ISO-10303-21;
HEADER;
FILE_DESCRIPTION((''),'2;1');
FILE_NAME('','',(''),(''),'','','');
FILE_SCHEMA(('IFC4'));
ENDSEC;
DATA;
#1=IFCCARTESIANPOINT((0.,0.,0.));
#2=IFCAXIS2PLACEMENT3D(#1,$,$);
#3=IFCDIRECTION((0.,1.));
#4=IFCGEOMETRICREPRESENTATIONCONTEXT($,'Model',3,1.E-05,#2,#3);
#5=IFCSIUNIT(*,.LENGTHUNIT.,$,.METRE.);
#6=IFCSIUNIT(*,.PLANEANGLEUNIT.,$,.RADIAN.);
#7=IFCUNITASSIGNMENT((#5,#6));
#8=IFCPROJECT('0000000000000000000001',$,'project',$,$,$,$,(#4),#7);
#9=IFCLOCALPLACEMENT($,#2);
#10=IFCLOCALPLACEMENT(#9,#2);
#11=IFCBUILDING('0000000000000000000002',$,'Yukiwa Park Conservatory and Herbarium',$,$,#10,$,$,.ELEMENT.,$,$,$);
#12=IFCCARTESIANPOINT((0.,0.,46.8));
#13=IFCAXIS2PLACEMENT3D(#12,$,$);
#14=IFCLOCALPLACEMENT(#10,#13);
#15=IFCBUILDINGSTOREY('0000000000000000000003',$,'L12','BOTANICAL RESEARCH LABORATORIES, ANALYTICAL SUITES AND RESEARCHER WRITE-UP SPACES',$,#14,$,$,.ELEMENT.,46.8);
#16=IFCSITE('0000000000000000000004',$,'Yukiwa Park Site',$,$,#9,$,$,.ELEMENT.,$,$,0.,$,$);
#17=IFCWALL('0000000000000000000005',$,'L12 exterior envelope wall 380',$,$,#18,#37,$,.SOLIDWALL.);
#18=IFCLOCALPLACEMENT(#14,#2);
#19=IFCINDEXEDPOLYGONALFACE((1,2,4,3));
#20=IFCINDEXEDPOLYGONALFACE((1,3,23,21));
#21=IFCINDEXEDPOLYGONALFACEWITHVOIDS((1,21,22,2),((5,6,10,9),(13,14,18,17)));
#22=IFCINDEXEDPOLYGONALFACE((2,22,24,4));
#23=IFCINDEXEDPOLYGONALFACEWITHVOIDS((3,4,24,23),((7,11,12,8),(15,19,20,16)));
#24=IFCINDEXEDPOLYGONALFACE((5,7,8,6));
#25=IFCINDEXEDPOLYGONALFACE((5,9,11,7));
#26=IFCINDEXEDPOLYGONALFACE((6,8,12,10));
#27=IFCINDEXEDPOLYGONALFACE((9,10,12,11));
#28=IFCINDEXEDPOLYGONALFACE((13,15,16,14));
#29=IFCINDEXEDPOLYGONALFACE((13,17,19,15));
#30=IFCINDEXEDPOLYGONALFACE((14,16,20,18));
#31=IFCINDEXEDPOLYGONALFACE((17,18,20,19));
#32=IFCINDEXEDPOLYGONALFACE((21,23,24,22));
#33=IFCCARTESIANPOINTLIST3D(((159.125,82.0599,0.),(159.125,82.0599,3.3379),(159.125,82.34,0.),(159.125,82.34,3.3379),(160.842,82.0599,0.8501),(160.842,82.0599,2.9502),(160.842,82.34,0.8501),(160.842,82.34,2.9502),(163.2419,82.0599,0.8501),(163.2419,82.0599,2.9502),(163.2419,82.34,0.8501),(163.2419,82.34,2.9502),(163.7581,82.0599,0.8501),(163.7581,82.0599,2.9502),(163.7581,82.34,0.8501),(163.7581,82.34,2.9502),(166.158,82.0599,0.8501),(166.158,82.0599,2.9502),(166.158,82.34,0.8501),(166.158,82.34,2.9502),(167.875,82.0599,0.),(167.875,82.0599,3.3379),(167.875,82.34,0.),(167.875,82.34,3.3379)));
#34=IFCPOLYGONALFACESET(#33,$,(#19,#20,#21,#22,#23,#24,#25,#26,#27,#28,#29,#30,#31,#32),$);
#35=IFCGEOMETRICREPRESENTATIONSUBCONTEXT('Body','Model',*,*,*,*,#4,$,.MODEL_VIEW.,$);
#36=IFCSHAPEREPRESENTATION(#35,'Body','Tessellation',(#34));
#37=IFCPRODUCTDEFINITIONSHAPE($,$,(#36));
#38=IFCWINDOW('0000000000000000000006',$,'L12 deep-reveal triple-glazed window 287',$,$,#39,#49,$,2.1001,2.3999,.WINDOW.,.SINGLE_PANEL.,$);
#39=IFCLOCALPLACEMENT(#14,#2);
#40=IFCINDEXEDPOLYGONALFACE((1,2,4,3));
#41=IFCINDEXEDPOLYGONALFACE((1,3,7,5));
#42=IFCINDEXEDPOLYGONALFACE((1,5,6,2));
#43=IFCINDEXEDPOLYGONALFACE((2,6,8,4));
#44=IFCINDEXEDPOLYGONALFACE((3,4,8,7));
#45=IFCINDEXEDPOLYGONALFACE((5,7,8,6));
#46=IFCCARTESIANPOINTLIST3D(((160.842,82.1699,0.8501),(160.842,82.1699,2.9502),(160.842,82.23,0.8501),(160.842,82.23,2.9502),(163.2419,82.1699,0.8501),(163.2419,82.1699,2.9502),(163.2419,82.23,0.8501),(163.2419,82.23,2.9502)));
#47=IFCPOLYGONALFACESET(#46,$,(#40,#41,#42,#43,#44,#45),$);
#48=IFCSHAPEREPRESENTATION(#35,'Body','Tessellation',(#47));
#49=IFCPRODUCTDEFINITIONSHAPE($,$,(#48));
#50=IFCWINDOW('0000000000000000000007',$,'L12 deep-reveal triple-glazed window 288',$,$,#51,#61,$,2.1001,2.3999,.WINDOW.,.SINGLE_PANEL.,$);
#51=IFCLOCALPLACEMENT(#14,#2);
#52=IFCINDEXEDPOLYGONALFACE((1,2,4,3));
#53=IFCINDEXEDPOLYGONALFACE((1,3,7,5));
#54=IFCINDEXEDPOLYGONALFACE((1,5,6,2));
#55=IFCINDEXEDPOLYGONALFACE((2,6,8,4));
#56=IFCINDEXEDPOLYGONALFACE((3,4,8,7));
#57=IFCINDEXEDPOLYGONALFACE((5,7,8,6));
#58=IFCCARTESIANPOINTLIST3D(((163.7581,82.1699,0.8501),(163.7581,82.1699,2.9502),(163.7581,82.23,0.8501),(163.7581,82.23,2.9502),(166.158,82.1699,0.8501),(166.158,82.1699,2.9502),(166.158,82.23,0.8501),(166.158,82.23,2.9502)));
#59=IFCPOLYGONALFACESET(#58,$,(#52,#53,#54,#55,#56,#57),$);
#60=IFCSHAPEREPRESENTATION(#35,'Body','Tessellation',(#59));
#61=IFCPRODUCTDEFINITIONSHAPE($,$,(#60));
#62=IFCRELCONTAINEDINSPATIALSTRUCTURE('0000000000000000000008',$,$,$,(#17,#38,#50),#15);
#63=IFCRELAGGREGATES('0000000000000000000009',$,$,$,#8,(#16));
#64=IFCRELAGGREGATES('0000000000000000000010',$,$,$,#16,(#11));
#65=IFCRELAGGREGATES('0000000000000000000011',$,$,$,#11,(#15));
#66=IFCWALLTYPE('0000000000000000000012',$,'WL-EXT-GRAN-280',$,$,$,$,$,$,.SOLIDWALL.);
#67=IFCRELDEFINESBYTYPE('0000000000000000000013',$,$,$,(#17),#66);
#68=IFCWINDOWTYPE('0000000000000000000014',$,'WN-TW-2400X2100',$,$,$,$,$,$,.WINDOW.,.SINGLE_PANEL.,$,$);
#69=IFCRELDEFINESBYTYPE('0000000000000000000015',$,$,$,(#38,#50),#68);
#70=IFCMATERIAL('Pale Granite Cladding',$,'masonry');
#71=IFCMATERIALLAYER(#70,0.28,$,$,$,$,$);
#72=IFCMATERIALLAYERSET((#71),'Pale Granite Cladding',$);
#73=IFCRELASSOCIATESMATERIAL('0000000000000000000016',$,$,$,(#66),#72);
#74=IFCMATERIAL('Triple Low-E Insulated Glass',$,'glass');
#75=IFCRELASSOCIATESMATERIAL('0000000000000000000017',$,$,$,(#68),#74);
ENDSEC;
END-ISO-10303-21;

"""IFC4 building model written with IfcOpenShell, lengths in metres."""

from ifc_helpers import new_model, si_unit, direction, frame, frame_2d, origin, place, context, subcontext, project, spatial, rectangle, extrude, material, layer, layer_set, type_object, element, fill, save


model = new_model("IFC4")

# Units and contexts
model_context = context("Model", 3, precision=1e-05, world=origin(), true_north=direction((0.0, 1.0)))
body_context = subcontext(model_context, "Body", "Model", "MODEL_VIEW")
ifc_project = project(units=[si_unit("LENGTHUNIT", "METRE"), si_unit("PLANEANGLEUNIT", "RADIAN")], contexts=[model_context])

# Site, building, storey
site_placement = place(None, origin())
site = spatial("IfcSite", under=ifc_project, at=site_placement, Name="Yukiwa Park Site", CompositionType="ELEMENT", RefElevation=0.0)
building_placement = place(site_placement, origin())
building = spatial("IfcBuilding", under=site, at=building_placement, Name="Yukiwa Park Conservatory and Herbarium", CompositionType="ELEMENT")
storey_placement = place(building_placement, frame((0.0, 0.0, 46.8)))
storey = spatial("IfcBuildingStorey", under=building, at=storey_placement, Name="L12", Description="BOTANICAL RESEARCH LABORATORIES, ANALYTICAL SUITES AND RESEARCHER WRITE-UP SPACES", CompositionType="ELEMENT", Elevation=46.8)

# Shared definitions
ifc_material_1 = material(Name="Pale Granite Cladding", Category="masonry")
ifc_layer_1 = layer(ifc_material_1, 0.28)
ifc_layer_set_1 = layer_set([ifc_layer_1], Name="Pale Granite Cladding")
wall_type = type_object("IfcWallType", Name="WL-EXT-GRAN-280", PredefinedType="SOLIDWALL", material=ifc_layer_set_1)

# Wall, openings, windows
wall_1_placement = place(storey_placement, frame((159.125, 82.2, 0.0), z_axis=(0.0, 0.0, 1.0), x_axis=(1.0, 0.0, 0.0)))
wall_1 = element("IfcWall", 1, at=wall_1_placement, inside=storey, type_object=wall_type, Name="L12 exterior envelope wall 380", PredefinedType="SOLIDWALL", context=body_context, shape_type="SweptSolid", body=[
    extrude(rectangle(XDim=8.75, YDim=0.28, at=frame_2d((4.375, 0.0))), origin(), (0.0, 0.0, 1.0), 3.3379),
])
opening_1_placement = place(wall_1_placement, frame((1.717, 0.0, 0.8501)))
opening_1 = element("IfcOpeningElement", 2, at=opening_1_placement, cuts=wall_1, PredefinedType="OPENING", context=body_context, shape_type="SweptSolid", body=[
    extrude(rectangle(XDim=2.3999, YDim=2.1001, at=frame_2d((1.2, 1.05))), frame((0.0, 0.1499, 0.0), z_axis=(0.0, -1.0, 0.0), x_axis=(1.0, 0.0, 0.0)), (0.0, 0.0, 1.0), 0.3),
])
opening_2_placement = place(wall_1_placement, frame((4.6331, 0.0, 0.8501)))
opening_2 = element("IfcOpeningElement", 3, at=opening_2_placement, cuts=wall_1, PredefinedType="OPENING", context=body_context, shape_type="SweptSolid", body=[
    extrude(rectangle(XDim=2.3999, YDim=2.1001, at=frame_2d((1.2, 1.05))), frame((0.0, 0.1499, 0.0), z_axis=(0.0, -1.0, 0.0), x_axis=(1.0, 0.0, 0.0)), (0.0, 0.0, 1.0), 0.3),
])
ifc_material_2 = material(Name="Triple Low-E Insulated Glass", Category="glass")
window_type_1 = type_object("IfcWindowType", Name="WN-TW-2400X2100", PartitioningType="SINGLE_PANEL", PredefinedType="WINDOW", material=ifc_material_2)
window_1_placement = place(opening_1_placement, origin())
window_1 = element("IfcWindow", 4, at=window_1_placement, inside=storey, type_object=window_type_1, Name="L12 deep-reveal triple-glazed window 287", OverallHeight=2.1001, OverallWidth=2.3999, PartitioningType="SINGLE_PANEL", PredefinedType="WINDOW", context=body_context, shape_type="SweptSolid", body=[
    extrude(rectangle(XDim=2.3999, YDim=2.1001, at=frame_2d((1.2, 1.05))), frame((0.0, 0.03, 0.0), z_axis=(0.0, -1.0, 0.0), x_axis=(1.0, 0.0, 0.0)), (0.0, 0.0, 1.0), 0.0601),
])
fill(opening_1, window_1)
window_2_placement = place(opening_2_placement, origin())
window_2 = element("IfcWindow", 5, at=window_2_placement, inside=storey, type_object=window_type_1, Name="L12 deep-reveal triple-glazed window 288", OverallHeight=2.1001, OverallWidth=2.3999, PartitioningType="SINGLE_PANEL", PredefinedType="WINDOW", context=body_context, shape_type="SweptSolid", body=[
    extrude(rectangle(XDim=2.3999, YDim=2.1001, at=frame_2d((1.2, 1.05))), frame((0.0, 0.03, 0.0), z_axis=(0.0, -1.0, 0.0), x_axis=(1.0, 0.0, 0.0)), (0.0, 0.0, 1.0), 0.0601),
])
fill(opening_2, window_2)

save(model, "model.ifc")
